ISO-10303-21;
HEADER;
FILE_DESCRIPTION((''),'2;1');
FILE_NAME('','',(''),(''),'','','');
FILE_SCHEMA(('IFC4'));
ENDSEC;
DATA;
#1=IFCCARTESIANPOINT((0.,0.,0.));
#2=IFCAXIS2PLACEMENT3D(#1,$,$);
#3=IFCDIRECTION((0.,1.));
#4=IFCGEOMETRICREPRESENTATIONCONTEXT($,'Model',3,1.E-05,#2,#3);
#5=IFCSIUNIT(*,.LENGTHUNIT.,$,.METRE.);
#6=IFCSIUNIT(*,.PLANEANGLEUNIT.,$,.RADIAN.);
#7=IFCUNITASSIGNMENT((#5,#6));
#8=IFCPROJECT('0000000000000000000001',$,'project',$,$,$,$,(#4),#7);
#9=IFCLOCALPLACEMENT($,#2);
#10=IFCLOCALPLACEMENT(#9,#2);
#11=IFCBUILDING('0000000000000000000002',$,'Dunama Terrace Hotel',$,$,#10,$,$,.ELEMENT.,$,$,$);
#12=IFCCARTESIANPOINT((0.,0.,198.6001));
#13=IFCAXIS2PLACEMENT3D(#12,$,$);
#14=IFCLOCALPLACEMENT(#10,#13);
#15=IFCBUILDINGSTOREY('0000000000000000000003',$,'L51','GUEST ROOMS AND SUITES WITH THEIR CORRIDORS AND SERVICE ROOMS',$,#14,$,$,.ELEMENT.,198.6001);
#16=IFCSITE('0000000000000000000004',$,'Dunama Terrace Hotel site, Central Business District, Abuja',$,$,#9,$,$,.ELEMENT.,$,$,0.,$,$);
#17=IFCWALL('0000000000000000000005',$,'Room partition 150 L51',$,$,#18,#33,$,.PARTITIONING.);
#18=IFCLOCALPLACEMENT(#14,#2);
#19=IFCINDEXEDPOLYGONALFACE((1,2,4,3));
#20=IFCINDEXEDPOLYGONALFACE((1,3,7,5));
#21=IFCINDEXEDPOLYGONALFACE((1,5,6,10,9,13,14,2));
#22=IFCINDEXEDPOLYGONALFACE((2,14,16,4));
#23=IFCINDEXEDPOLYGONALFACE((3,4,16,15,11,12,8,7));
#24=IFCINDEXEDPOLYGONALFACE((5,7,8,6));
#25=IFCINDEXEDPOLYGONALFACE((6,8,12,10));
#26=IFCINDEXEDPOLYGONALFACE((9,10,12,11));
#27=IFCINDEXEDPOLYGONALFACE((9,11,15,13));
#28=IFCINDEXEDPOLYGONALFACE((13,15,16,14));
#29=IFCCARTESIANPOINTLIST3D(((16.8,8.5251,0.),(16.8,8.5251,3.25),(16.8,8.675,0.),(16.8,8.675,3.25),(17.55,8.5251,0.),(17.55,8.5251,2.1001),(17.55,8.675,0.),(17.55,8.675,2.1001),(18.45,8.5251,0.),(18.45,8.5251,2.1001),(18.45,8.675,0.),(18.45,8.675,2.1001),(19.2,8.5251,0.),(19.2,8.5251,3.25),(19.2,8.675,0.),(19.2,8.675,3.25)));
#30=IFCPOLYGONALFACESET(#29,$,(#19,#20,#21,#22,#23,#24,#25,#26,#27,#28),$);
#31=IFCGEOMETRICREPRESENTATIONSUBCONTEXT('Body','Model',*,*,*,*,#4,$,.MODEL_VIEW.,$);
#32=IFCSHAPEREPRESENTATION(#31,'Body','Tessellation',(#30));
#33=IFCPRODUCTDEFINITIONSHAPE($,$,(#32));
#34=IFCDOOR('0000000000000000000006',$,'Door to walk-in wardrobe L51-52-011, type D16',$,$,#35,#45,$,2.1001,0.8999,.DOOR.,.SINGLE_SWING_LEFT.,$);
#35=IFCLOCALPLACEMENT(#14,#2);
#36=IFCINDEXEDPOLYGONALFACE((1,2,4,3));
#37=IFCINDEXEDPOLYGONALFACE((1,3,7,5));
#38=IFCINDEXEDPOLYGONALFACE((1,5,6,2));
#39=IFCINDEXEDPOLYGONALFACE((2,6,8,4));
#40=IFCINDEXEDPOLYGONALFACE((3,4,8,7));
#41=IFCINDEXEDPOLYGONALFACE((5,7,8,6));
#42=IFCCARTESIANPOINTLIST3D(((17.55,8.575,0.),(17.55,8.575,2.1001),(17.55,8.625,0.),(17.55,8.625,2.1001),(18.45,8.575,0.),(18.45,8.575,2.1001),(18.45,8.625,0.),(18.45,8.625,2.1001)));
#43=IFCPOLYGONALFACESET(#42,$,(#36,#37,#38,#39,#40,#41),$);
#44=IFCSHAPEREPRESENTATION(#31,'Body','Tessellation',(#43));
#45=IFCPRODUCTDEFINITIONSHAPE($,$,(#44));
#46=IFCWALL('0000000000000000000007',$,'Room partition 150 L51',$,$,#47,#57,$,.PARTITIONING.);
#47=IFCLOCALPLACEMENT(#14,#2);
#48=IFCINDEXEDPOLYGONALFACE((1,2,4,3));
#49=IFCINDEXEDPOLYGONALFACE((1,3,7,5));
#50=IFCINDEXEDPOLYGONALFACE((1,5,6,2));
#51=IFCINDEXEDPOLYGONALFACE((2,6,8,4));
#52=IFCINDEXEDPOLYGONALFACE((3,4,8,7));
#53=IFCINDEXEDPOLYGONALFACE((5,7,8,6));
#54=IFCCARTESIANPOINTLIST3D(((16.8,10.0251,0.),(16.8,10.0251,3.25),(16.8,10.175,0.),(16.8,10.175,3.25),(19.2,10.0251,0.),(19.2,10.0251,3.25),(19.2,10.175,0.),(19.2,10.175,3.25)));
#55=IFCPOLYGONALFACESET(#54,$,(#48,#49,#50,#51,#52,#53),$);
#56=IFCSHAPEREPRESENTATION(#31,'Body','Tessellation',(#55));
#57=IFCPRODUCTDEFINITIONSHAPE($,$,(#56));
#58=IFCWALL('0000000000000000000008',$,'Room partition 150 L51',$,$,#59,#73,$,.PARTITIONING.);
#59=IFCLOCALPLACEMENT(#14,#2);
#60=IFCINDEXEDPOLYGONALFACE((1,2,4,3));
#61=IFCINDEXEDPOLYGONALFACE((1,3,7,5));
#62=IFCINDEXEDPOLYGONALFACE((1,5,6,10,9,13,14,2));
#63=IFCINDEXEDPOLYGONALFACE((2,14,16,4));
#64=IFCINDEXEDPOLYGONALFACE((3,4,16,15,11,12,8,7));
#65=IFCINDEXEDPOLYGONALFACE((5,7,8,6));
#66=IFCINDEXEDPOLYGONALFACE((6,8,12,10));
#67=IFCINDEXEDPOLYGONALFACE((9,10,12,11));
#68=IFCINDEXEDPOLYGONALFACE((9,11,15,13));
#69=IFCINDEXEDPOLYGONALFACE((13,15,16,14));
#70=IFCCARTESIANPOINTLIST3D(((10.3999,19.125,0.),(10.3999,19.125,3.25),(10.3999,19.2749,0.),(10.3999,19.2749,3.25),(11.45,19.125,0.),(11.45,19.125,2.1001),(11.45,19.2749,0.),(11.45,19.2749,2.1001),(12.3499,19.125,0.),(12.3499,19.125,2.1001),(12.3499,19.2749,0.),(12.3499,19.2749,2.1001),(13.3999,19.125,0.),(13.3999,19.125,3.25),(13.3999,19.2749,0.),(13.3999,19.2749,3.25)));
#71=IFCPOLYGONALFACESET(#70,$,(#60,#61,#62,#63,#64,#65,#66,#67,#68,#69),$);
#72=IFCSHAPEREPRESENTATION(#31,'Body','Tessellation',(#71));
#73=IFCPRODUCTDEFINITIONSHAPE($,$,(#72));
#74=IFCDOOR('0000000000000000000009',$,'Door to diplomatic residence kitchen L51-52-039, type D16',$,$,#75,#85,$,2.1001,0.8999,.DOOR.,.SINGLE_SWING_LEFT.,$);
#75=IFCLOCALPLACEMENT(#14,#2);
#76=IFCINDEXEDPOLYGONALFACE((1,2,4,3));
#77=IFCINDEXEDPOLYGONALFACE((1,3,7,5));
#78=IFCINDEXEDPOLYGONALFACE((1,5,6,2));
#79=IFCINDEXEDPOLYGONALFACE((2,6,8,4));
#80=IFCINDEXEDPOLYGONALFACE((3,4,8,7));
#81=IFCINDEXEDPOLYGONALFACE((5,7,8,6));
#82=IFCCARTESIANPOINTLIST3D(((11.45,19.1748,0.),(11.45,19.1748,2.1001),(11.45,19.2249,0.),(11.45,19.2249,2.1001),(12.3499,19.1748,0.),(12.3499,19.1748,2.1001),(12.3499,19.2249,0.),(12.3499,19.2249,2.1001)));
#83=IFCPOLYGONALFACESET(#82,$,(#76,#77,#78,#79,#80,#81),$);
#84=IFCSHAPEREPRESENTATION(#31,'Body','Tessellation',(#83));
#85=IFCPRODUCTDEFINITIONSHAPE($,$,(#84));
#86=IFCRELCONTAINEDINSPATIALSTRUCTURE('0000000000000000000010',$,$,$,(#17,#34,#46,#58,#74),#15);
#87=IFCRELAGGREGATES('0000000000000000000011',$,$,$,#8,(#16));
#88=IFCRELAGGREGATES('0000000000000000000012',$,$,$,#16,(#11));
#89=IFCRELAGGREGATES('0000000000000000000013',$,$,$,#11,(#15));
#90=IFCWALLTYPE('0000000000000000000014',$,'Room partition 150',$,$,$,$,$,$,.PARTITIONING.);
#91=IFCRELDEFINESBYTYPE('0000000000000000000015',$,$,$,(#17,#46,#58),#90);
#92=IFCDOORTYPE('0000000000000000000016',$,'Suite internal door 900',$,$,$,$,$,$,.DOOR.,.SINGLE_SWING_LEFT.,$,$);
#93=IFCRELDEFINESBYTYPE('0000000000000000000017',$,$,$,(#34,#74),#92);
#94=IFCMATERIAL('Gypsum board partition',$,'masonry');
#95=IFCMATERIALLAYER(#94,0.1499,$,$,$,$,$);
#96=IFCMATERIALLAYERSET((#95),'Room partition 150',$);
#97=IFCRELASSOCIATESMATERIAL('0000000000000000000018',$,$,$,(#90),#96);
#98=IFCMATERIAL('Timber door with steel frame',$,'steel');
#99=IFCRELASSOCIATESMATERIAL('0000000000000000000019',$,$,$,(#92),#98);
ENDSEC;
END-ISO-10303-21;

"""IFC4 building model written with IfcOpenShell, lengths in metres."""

from ifc_helpers import new_model, si_unit, direction, frame, frame_2d, origin, place, context, subcontext, project, spatial, rectangle, extrude, material, layer, layer_set, type_object, element, fill, save


model = new_model("IFC4")

# Units and contexts
model_context = context("Model", 3, precision=1e-05, world=origin(), true_north=direction((0.0, 1.0)))
body_context = subcontext(model_context, "Body", "Model", "MODEL_VIEW")
ifc_project = project(units=[si_unit("LENGTHUNIT", "METRE"), si_unit("PLANEANGLEUNIT", "RADIAN")], contexts=[model_context])

# Site, building, storey
site_placement = place(None, origin())
site = spatial("IfcSite", under=ifc_project, at=site_placement, Name="Dunama Terrace Hotel site, Central Business District, Abuja", CompositionType="ELEMENT", RefElevation=0.0)
building_placement = place(site_placement, origin())
building = spatial("IfcBuilding", under=site, at=building_placement, Name="Dunama Terrace Hotel", CompositionType="ELEMENT")
storey_placement = place(building_placement, frame((0.0, 0.0, 198.6001)))
storey = spatial("IfcBuildingStorey", under=building, at=storey_placement, Name="L51", Description="GUEST ROOMS AND SUITES WITH THEIR CORRIDORS AND SERVICE ROOMS", CompositionType="ELEMENT", Elevation=198.6001)

# Shared definitions
ifc_material_1 = material(Name="Gypsum board partition", Category="masonry")
ifc_layer_1 = layer(ifc_material_1, 0.1499)
ifc_layer_set_1 = layer_set([ifc_layer_1], Name="Room partition 150")
wall_type_1 = type_object("IfcWallType", Name="Room partition 150", PredefinedType="PARTITIONING", material=ifc_layer_set_1)

# Wall, opening, door
wall_1_placement = place(storey_placement, frame((16.8, 8.6001, 0.0), z_axis=(0.0, 0.0, 1.0), x_axis=(1.0, 0.0, 0.0)))
wall_1 = element("IfcWall", 1, at=wall_1_placement, inside=storey, type_object=wall_type_1, Name="Room partition 150 L51", PredefinedType="PARTITIONING", context=body_context, shape_type="SweptSolid", body=[
    extrude(rectangle(XDim=2.3999, YDim=0.1499, at=frame_2d((1.2, 0.0))), origin(), (0.0, 0.0, 1.0), 3.25),
])
opening_1_placement = place(wall_1_placement, frame((0.75, 0.0, 0.0)))
opening_1 = element("IfcOpeningElement", 2, at=opening_1_placement, cuts=wall_1, PredefinedType="OPENING", context=body_context, shape_type="SweptSolid", body=[
    extrude(rectangle(XDim=0.8999, YDim=2.1001, at=frame_2d((0.45, 1.05))), frame((0.0, 0.085, 0.0), z_axis=(0.0, -1.0, 0.0), x_axis=(1.0, 0.0, 0.0)), (0.0, 0.0, 1.0), 0.1699),
])
ifc_material_2 = material(Name="Timber door with steel frame", Category="steel")
door_type_1 = type_object("IfcDoorType", Name="Suite internal door 900", OperationType="SINGLE_SWING_LEFT", PredefinedType="DOOR", material=ifc_material_2)
door_1_placement = place(opening_1_placement, origin())
door_1 = element("IfcDoor", 3, at=door_1_placement, inside=storey, type_object=door_type_1, Name="Door to walk-in wardrobe L51-52-011, type D16", OperationType="SINGLE_SWING_LEFT", OverallHeight=2.1001, OverallWidth=0.8999, PredefinedType="DOOR", context=body_context, shape_type="SweptSolid", body=[
    extrude(rectangle(XDim=0.8999, YDim=2.1001, at=frame_2d((0.45, 1.05))), frame((0.0, 0.0249, 0.0), z_axis=(0.0, -1.0, 0.0), x_axis=(1.0, 0.0, 0.0)), (0.0, 0.0, 1.0), 0.05),
])
fill(opening_1, door_1)

# Wall
wall_2_placement = place(storey_placement, frame((16.8, 10.1001, 0.0), z_axis=(0.0, 0.0, 1.0), x_axis=(1.0, 0.0, 0.0)))
element("IfcWall", 4, at=wall_2_placement, inside=storey, type_object=wall_type_1, Name="Room partition 150 L51", PredefinedType="PARTITIONING", context=body_context, shape_type="SweptSolid", body=[
    extrude(rectangle(XDim=2.3999, YDim=0.1499, at=frame_2d((1.2, 0.0))), origin(), (0.0, 0.0, 1.0), 3.25),
])

# Wall, opening, door
wall_3_placement = place(storey_placement, frame((10.3999, 19.2, 0.0), z_axis=(0.0, 0.0, 1.0), x_axis=(1.0, 0.0, 0.0)))
wall_3 = element("IfcWall", 5, at=wall_3_placement, inside=storey, type_object=wall_type_1, Name="Room partition 150 L51", PredefinedType="PARTITIONING", context=body_context, shape_type="SweptSolid", body=[
    extrude(rectangle(XDim=3.0, YDim=0.1499, at=frame_2d((1.5, 0.0))), origin(), (0.0, 0.0, 1.0), 3.25),
])
opening_2_placement = place(wall_3_placement, frame((1.05, 0.0, 0.0)))
opening_2 = element("IfcOpeningElement", 6, at=opening_2_placement, cuts=wall_3, PredefinedType="OPENING", context=body_context, shape_type="SweptSolid", body=[
    extrude(rectangle(XDim=0.8999, YDim=2.1001, at=frame_2d((0.45, 1.05))), frame((0.0, 0.085, 0.0), z_axis=(0.0, -1.0, 0.0), x_axis=(1.0, 0.0, 0.0)), (0.0, 0.0, 1.0), 0.1699),
])
door_2_placement = place(opening_2_placement, frame((0.8999, 0.0, 0.0), z_axis=(0.0, 0.0, 1.0), x_axis=(-1.0, 0.0, 0.0)))
door_2 = element("IfcDoor", 7, at=door_2_placement, inside=storey, type_object=door_type_1, Name="Door to diplomatic residence kitchen L51-52-039, type D16", OperationType="SINGLE_SWING_LEFT", OverallHeight=2.1001, OverallWidth=0.8999, PredefinedType="DOOR", context=body_context, shape_type="SweptSolid", body=[
    extrude(rectangle(XDim=0.8999, YDim=2.1001, at=frame_2d((0.45, 1.05))), frame((0.0, 0.0251, 0.0), z_axis=(0.0, -1.0, 0.0), x_axis=(1.0, 0.0, 0.0)), (0.0, 0.0, 1.0), 0.05),
])
fill(opening_2, door_2)

save(model, "model.ifc")
